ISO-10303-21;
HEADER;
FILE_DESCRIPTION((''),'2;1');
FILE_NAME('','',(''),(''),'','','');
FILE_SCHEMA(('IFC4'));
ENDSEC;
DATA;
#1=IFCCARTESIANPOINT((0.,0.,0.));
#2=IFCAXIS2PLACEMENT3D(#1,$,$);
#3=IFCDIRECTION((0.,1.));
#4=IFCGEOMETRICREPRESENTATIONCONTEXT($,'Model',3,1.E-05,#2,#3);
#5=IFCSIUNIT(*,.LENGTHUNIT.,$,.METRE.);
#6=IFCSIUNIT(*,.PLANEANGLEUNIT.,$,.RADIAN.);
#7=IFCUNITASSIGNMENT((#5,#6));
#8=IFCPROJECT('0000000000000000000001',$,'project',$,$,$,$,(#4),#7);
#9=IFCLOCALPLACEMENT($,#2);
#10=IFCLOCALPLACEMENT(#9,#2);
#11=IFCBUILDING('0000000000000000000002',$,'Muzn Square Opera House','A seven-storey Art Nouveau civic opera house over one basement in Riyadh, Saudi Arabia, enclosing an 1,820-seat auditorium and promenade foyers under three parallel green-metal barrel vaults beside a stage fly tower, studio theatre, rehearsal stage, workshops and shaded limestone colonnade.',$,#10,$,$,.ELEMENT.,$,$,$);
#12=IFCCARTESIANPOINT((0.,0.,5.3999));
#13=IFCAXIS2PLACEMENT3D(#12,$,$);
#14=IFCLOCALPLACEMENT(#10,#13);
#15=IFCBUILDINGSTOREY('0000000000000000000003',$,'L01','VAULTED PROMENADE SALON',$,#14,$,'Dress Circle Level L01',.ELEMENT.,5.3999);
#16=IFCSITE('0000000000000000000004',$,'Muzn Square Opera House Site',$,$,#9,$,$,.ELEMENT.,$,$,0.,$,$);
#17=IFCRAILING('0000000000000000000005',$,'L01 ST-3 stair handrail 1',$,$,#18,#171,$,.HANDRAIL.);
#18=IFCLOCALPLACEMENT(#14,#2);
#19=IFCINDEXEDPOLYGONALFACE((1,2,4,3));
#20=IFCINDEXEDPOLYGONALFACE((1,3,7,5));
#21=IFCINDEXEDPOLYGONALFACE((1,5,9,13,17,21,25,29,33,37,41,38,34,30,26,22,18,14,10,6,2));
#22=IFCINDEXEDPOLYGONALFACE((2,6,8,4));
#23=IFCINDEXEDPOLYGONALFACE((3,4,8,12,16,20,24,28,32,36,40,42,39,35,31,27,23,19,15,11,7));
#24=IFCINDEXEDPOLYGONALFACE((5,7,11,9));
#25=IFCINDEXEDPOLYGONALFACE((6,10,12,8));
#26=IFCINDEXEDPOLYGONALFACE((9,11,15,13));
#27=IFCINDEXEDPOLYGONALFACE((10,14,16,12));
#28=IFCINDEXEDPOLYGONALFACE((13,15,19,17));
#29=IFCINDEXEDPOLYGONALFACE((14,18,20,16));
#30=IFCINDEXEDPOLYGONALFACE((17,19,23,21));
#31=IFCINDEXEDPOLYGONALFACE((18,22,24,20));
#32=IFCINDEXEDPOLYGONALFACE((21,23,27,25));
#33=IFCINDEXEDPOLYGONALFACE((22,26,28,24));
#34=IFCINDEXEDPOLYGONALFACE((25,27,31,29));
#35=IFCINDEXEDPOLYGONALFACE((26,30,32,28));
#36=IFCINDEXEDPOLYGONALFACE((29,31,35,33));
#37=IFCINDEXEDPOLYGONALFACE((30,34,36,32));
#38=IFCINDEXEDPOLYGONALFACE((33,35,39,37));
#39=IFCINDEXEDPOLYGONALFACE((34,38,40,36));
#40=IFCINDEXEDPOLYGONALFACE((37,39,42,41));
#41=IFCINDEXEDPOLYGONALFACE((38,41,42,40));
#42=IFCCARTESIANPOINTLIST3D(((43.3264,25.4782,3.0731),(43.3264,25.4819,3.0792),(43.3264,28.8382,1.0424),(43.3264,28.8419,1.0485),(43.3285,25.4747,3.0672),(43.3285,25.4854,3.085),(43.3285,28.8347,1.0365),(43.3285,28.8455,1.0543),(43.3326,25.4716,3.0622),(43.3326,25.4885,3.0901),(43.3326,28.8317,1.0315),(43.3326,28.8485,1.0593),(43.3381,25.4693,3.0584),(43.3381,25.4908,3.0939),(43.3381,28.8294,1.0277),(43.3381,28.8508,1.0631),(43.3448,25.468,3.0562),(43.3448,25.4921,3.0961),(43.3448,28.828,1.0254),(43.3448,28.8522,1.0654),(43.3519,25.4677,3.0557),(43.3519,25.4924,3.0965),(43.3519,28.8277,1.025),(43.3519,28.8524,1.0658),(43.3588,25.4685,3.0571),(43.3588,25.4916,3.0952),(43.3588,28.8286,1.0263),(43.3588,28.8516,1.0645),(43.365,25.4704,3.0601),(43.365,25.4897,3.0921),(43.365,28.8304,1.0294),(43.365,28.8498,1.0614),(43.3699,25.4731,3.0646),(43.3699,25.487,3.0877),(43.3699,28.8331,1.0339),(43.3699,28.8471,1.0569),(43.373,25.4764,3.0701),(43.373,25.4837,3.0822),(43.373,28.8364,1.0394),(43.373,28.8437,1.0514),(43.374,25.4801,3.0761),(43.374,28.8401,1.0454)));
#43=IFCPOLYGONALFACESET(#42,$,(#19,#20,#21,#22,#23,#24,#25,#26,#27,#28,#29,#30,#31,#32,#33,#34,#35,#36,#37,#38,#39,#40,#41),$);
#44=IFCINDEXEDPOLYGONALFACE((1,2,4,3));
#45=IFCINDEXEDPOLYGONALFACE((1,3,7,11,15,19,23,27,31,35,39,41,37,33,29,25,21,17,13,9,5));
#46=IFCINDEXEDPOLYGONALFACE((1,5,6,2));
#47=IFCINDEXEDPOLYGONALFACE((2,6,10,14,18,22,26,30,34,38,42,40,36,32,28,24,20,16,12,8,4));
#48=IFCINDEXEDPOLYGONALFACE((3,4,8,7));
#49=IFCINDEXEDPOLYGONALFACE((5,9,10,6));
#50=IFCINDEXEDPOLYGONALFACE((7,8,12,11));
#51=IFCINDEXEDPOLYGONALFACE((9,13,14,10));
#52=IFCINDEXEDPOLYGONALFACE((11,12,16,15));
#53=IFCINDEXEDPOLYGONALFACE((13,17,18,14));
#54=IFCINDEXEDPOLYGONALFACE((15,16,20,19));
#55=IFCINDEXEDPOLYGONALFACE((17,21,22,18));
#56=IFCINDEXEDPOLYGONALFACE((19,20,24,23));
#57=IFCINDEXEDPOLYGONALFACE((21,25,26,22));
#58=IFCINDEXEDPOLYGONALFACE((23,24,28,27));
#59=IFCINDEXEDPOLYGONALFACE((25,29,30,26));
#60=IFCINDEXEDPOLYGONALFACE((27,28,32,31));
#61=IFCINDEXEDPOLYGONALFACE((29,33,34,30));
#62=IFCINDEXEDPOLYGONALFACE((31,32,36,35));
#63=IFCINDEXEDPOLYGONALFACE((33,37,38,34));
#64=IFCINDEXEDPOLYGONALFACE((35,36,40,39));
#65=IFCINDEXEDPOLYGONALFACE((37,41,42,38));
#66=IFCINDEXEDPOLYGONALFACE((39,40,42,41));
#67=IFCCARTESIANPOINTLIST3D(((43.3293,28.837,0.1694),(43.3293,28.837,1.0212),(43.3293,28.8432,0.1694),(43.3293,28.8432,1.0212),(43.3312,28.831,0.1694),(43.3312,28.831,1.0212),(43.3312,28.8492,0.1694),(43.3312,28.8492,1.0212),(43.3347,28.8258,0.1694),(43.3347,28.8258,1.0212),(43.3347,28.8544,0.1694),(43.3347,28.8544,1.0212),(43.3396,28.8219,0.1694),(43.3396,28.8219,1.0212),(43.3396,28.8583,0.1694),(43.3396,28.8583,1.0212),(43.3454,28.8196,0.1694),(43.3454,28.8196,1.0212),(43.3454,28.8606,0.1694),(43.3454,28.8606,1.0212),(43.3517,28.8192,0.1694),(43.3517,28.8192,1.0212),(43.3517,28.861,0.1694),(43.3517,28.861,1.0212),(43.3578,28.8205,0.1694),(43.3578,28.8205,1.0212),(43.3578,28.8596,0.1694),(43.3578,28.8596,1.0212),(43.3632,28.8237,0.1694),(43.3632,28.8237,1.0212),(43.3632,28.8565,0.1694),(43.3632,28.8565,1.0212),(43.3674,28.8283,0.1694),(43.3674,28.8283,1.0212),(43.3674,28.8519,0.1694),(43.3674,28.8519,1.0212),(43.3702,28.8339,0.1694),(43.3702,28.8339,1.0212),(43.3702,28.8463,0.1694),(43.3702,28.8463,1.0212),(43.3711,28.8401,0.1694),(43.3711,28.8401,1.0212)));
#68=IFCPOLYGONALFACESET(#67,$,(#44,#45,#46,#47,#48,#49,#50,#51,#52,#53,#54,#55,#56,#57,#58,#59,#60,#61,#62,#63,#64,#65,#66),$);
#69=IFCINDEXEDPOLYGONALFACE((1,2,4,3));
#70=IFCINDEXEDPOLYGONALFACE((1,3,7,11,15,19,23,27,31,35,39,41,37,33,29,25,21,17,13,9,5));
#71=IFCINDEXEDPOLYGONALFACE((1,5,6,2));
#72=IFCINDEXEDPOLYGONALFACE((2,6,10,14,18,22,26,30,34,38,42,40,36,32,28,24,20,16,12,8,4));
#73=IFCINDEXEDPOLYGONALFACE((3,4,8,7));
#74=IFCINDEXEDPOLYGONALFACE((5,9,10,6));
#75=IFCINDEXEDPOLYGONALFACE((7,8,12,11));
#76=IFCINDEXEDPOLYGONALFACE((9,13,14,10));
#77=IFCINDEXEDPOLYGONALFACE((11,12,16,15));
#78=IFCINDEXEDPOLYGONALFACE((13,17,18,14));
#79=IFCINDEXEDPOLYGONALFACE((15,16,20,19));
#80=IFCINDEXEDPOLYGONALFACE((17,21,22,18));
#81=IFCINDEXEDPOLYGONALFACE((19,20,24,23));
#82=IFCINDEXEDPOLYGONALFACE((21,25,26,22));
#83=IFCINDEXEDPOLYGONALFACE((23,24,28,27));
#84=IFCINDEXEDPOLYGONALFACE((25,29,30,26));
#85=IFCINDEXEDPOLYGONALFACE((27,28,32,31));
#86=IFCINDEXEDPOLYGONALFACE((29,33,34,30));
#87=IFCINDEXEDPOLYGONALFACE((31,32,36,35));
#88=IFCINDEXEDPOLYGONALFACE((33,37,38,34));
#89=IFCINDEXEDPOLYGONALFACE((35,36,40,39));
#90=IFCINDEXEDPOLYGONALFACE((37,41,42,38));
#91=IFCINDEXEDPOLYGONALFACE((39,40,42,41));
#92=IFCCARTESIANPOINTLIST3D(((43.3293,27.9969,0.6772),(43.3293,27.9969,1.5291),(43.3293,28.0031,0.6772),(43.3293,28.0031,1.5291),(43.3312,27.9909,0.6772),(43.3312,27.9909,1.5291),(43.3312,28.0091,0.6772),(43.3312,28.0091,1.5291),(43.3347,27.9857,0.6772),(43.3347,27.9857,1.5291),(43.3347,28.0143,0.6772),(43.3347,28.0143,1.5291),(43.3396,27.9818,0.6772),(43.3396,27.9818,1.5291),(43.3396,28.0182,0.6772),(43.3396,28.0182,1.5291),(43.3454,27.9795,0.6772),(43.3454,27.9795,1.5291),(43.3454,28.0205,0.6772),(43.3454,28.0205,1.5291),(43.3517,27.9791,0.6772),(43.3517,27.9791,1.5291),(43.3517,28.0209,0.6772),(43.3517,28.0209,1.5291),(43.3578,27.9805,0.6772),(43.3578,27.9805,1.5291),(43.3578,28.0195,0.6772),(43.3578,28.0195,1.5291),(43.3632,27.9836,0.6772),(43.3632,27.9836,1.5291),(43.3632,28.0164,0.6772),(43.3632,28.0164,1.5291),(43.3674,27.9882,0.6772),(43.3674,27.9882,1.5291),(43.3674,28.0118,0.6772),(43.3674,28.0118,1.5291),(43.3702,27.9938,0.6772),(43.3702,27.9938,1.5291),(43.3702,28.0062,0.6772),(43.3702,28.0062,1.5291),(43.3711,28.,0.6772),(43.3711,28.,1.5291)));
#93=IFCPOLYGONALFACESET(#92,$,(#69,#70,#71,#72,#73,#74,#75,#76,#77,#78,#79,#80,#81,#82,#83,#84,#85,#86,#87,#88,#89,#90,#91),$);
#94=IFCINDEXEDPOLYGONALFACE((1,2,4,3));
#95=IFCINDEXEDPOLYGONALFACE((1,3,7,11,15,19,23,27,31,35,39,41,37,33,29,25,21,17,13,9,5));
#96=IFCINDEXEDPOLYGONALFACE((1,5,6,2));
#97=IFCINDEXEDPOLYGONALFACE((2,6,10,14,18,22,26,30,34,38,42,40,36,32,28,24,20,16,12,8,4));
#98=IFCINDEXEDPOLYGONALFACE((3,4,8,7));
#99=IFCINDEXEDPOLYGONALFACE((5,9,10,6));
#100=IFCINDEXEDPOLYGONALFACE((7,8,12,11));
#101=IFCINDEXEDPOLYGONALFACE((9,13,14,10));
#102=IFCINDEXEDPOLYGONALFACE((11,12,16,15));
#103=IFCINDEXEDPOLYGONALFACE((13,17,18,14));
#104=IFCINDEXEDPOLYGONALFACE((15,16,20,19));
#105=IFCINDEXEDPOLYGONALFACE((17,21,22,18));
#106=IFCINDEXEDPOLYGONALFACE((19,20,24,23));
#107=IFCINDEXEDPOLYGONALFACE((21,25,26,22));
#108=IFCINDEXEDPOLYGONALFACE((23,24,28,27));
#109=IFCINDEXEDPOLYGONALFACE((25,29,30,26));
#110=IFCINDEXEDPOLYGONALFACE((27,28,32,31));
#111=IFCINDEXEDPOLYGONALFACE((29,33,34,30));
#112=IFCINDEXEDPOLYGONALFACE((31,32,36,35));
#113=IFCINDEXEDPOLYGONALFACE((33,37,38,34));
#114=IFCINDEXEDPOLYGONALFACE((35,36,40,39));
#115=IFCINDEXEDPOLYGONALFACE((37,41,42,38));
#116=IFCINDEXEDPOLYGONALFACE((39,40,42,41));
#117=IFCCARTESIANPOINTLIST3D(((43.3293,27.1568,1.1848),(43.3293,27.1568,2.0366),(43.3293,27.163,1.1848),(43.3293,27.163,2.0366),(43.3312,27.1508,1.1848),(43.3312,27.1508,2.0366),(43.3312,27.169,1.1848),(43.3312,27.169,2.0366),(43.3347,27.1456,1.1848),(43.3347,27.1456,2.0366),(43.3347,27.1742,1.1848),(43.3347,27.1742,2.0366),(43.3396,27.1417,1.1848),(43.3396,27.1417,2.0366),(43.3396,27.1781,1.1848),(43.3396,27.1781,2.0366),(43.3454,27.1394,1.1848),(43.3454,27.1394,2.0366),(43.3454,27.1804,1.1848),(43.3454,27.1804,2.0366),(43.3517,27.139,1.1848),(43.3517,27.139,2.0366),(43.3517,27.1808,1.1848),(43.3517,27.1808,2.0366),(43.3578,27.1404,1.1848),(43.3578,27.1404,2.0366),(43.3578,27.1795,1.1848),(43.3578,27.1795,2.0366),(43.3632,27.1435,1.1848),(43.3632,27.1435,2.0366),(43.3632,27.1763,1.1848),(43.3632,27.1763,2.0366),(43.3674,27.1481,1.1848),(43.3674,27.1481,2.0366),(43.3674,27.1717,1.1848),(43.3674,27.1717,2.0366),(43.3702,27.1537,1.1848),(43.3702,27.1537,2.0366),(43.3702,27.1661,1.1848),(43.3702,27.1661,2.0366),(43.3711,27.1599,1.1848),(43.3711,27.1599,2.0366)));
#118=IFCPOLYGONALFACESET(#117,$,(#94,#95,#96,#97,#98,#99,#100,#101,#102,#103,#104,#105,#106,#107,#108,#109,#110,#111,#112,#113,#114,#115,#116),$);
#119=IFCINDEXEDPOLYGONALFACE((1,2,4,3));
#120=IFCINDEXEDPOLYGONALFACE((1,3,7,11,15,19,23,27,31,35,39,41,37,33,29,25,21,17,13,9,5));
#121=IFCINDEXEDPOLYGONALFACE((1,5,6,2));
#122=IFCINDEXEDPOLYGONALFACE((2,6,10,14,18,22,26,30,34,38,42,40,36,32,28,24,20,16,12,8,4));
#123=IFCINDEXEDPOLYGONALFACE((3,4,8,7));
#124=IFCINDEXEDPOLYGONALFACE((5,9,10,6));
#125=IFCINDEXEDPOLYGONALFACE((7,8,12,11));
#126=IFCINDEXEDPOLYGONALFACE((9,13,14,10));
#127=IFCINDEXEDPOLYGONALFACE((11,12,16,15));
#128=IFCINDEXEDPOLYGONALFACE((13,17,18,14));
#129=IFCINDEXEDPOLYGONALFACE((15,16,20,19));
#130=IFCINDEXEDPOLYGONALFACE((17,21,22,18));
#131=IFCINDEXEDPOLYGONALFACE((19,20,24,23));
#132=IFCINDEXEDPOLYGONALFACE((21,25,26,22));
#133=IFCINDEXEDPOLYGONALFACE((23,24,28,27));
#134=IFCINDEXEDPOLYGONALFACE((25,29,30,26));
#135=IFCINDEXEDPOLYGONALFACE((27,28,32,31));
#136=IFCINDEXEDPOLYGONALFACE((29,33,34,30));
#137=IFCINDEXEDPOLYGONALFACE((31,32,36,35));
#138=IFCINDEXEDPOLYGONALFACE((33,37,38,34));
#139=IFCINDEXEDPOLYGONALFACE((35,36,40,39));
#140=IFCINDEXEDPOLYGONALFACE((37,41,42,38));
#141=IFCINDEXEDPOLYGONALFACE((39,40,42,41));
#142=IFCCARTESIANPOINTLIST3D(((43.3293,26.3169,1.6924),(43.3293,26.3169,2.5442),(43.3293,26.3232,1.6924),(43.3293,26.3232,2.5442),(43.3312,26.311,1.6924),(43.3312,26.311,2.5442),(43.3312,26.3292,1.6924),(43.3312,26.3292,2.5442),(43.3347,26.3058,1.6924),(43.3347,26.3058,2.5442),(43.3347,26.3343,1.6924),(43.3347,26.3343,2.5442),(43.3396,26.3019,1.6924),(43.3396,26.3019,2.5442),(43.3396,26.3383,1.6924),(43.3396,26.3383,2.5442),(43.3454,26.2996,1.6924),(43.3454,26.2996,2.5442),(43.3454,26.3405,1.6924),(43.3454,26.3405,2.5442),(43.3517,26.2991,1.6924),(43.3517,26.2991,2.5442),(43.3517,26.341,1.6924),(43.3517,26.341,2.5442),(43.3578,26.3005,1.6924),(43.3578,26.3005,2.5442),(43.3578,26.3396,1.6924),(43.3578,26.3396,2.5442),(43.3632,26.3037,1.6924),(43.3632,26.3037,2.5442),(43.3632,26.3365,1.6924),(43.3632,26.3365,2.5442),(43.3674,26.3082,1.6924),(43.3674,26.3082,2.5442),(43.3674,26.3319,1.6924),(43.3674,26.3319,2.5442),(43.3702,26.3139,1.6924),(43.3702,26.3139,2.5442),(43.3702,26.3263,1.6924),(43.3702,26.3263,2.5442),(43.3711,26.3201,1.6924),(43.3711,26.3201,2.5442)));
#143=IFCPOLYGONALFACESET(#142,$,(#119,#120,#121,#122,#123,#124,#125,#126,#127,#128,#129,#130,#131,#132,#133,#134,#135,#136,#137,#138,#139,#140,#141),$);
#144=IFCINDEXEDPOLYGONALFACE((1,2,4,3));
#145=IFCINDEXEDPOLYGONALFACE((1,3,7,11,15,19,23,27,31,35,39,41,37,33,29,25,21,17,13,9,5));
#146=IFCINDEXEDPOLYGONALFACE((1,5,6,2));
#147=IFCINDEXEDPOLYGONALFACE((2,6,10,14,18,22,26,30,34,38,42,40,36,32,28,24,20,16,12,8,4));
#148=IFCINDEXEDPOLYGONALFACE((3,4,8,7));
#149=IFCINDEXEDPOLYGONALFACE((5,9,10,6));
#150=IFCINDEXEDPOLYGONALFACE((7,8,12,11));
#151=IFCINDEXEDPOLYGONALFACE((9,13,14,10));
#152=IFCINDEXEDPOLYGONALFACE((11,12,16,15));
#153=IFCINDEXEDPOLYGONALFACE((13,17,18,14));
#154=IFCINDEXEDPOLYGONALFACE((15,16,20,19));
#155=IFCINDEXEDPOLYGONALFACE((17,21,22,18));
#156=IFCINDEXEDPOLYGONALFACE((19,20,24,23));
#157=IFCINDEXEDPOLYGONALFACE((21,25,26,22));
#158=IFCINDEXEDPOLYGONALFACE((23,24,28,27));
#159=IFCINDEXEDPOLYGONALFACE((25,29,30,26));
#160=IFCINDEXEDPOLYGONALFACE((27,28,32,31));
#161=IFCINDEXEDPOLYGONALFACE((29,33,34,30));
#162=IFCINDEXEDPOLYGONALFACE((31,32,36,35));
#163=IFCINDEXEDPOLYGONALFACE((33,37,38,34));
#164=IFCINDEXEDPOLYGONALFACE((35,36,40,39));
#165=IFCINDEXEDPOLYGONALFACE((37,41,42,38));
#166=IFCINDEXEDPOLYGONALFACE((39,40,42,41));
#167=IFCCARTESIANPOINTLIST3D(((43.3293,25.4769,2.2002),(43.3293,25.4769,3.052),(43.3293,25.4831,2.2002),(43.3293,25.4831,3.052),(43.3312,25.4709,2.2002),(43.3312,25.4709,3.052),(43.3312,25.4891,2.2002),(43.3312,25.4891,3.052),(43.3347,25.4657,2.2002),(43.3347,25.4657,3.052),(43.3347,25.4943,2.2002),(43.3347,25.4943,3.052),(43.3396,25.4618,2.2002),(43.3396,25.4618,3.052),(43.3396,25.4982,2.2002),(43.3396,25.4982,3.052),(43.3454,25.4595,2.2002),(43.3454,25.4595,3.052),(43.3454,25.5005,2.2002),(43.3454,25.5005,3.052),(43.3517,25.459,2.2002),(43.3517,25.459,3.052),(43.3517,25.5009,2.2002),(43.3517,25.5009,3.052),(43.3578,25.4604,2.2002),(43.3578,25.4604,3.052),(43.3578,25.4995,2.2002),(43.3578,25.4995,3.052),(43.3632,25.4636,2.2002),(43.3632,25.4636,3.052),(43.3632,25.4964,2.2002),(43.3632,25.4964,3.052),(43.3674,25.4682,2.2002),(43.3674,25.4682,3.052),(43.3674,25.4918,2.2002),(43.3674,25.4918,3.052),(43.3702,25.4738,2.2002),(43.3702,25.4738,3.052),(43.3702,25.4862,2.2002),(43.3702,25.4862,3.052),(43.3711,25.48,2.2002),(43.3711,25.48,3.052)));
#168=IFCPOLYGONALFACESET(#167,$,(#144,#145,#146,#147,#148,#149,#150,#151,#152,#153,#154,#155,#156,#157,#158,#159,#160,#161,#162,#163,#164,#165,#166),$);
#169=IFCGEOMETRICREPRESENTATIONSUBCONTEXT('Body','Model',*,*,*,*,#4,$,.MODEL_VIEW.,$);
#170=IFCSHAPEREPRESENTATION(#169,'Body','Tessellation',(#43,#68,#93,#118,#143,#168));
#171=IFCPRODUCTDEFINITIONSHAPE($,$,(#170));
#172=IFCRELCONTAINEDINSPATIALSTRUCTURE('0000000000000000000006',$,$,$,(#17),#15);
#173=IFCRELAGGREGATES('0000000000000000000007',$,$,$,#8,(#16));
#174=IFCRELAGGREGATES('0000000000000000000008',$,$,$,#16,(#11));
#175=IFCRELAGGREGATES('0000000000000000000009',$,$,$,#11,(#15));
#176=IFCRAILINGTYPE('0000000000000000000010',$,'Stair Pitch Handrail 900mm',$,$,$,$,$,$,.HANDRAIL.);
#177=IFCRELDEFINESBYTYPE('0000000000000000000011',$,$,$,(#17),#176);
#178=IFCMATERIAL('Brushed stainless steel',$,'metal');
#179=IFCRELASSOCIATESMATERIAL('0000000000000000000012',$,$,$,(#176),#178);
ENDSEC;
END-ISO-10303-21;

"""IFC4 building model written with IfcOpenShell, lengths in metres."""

from ifc_helpers import new_model, si_unit, direction, frame, origin, origin_2d, place, context, subcontext, project, spatial, circle, extrude, material, type_object, element, save


model = new_model("IFC4")

# Units and contexts
model_context = context("Model", 3, precision=1e-05, world=origin(), true_north=direction((0.0, 1.0)))
body_context = subcontext(model_context, "Body", "Model", "MODEL_VIEW")
ifc_project = project(units=[si_unit("LENGTHUNIT", "METRE"), si_unit("PLANEANGLEUNIT", "RADIAN")], contexts=[model_context])

# Site, building, storey
site_placement = place(None, origin())
site = spatial("IfcSite", under=ifc_project, at=site_placement, Name="Muzn Square Opera House Site", CompositionType="ELEMENT", RefElevation=0.0)
building_placement = place(site_placement, origin())
building = spatial("IfcBuilding", under=site, at=building_placement, Name="Muzn Square Opera House", Description="A seven-storey Art Nouveau civic opera house over one basement in Riyadh, Saudi Arabia, enclosing an 1,820-seat auditorium and promenade foyers under three parallel green-metal barrel vaults beside a stage fly tower, studio theatre, rehearsal stage, workshops and shaded limestone colonnade.", CompositionType="ELEMENT")
storey_placement = place(building_placement, frame((0.0, 0.0, 5.3999)))
storey = spatial("IfcBuildingStorey", under=building, at=storey_placement, Name="L01", Description="VAULTED PROMENADE SALON", LongName="Dress Circle Level L01", CompositionType="ELEMENT", Elevation=5.3999)

# Shared definitions
ifc_material_1 = material(Name="Brushed stainless steel", Category="metal")

# Railing
railing_type_1 = type_object("IfcRailingType", Name="Stair Pitch Handrail 900mm", PredefinedType="HANDRAIL", material=ifc_material_1)
railing_1_placement = place(storey_placement, frame((43.3501, 28.8401, 0.1694)))
element("IfcRailing", 1, at=railing_1_placement, inside=storey, type_object=railing_type_1, Name="L01 ST-3 stair handrail 1", PredefinedType="HANDRAIL", context=body_context, shape_type="SweptSolid", body=[
    extrude(circle(Radius=0.0239, at=origin_2d()), frame((0.0, 0.0, 0.876), z_axis=(0.0, -0.855837, 0.517246), x_axis=(1.0, 0.0, 0.0)), (0.0, 0.0, 1.0), 3.926),
    extrude(circle(Radius=0.021, at=origin_2d()), origin(), (0.0, 0.0, 1.0), 0.8518),
    extrude(circle(Radius=0.021, at=origin_2d()), frame((0.0, -0.8401, 0.5078)), (0.0, 0.0, 1.0), 0.8518),
    extrude(circle(Radius=0.021, at=origin_2d()), frame((0.0, -1.6802, 1.0154)), (0.0, 0.0, 1.0), 0.8518),
    extrude(circle(Radius=0.021, at=origin_2d()), frame((0.0, -2.52, 1.5229)), (0.0, 0.0, 1.0), 0.8518),
    extrude(circle(Radius=0.021, at=origin_2d()), frame((0.0, -3.3601, 2.0308)), (0.0, 0.0, 1.0), 0.8518),
])

save(model, "model.ifc")
